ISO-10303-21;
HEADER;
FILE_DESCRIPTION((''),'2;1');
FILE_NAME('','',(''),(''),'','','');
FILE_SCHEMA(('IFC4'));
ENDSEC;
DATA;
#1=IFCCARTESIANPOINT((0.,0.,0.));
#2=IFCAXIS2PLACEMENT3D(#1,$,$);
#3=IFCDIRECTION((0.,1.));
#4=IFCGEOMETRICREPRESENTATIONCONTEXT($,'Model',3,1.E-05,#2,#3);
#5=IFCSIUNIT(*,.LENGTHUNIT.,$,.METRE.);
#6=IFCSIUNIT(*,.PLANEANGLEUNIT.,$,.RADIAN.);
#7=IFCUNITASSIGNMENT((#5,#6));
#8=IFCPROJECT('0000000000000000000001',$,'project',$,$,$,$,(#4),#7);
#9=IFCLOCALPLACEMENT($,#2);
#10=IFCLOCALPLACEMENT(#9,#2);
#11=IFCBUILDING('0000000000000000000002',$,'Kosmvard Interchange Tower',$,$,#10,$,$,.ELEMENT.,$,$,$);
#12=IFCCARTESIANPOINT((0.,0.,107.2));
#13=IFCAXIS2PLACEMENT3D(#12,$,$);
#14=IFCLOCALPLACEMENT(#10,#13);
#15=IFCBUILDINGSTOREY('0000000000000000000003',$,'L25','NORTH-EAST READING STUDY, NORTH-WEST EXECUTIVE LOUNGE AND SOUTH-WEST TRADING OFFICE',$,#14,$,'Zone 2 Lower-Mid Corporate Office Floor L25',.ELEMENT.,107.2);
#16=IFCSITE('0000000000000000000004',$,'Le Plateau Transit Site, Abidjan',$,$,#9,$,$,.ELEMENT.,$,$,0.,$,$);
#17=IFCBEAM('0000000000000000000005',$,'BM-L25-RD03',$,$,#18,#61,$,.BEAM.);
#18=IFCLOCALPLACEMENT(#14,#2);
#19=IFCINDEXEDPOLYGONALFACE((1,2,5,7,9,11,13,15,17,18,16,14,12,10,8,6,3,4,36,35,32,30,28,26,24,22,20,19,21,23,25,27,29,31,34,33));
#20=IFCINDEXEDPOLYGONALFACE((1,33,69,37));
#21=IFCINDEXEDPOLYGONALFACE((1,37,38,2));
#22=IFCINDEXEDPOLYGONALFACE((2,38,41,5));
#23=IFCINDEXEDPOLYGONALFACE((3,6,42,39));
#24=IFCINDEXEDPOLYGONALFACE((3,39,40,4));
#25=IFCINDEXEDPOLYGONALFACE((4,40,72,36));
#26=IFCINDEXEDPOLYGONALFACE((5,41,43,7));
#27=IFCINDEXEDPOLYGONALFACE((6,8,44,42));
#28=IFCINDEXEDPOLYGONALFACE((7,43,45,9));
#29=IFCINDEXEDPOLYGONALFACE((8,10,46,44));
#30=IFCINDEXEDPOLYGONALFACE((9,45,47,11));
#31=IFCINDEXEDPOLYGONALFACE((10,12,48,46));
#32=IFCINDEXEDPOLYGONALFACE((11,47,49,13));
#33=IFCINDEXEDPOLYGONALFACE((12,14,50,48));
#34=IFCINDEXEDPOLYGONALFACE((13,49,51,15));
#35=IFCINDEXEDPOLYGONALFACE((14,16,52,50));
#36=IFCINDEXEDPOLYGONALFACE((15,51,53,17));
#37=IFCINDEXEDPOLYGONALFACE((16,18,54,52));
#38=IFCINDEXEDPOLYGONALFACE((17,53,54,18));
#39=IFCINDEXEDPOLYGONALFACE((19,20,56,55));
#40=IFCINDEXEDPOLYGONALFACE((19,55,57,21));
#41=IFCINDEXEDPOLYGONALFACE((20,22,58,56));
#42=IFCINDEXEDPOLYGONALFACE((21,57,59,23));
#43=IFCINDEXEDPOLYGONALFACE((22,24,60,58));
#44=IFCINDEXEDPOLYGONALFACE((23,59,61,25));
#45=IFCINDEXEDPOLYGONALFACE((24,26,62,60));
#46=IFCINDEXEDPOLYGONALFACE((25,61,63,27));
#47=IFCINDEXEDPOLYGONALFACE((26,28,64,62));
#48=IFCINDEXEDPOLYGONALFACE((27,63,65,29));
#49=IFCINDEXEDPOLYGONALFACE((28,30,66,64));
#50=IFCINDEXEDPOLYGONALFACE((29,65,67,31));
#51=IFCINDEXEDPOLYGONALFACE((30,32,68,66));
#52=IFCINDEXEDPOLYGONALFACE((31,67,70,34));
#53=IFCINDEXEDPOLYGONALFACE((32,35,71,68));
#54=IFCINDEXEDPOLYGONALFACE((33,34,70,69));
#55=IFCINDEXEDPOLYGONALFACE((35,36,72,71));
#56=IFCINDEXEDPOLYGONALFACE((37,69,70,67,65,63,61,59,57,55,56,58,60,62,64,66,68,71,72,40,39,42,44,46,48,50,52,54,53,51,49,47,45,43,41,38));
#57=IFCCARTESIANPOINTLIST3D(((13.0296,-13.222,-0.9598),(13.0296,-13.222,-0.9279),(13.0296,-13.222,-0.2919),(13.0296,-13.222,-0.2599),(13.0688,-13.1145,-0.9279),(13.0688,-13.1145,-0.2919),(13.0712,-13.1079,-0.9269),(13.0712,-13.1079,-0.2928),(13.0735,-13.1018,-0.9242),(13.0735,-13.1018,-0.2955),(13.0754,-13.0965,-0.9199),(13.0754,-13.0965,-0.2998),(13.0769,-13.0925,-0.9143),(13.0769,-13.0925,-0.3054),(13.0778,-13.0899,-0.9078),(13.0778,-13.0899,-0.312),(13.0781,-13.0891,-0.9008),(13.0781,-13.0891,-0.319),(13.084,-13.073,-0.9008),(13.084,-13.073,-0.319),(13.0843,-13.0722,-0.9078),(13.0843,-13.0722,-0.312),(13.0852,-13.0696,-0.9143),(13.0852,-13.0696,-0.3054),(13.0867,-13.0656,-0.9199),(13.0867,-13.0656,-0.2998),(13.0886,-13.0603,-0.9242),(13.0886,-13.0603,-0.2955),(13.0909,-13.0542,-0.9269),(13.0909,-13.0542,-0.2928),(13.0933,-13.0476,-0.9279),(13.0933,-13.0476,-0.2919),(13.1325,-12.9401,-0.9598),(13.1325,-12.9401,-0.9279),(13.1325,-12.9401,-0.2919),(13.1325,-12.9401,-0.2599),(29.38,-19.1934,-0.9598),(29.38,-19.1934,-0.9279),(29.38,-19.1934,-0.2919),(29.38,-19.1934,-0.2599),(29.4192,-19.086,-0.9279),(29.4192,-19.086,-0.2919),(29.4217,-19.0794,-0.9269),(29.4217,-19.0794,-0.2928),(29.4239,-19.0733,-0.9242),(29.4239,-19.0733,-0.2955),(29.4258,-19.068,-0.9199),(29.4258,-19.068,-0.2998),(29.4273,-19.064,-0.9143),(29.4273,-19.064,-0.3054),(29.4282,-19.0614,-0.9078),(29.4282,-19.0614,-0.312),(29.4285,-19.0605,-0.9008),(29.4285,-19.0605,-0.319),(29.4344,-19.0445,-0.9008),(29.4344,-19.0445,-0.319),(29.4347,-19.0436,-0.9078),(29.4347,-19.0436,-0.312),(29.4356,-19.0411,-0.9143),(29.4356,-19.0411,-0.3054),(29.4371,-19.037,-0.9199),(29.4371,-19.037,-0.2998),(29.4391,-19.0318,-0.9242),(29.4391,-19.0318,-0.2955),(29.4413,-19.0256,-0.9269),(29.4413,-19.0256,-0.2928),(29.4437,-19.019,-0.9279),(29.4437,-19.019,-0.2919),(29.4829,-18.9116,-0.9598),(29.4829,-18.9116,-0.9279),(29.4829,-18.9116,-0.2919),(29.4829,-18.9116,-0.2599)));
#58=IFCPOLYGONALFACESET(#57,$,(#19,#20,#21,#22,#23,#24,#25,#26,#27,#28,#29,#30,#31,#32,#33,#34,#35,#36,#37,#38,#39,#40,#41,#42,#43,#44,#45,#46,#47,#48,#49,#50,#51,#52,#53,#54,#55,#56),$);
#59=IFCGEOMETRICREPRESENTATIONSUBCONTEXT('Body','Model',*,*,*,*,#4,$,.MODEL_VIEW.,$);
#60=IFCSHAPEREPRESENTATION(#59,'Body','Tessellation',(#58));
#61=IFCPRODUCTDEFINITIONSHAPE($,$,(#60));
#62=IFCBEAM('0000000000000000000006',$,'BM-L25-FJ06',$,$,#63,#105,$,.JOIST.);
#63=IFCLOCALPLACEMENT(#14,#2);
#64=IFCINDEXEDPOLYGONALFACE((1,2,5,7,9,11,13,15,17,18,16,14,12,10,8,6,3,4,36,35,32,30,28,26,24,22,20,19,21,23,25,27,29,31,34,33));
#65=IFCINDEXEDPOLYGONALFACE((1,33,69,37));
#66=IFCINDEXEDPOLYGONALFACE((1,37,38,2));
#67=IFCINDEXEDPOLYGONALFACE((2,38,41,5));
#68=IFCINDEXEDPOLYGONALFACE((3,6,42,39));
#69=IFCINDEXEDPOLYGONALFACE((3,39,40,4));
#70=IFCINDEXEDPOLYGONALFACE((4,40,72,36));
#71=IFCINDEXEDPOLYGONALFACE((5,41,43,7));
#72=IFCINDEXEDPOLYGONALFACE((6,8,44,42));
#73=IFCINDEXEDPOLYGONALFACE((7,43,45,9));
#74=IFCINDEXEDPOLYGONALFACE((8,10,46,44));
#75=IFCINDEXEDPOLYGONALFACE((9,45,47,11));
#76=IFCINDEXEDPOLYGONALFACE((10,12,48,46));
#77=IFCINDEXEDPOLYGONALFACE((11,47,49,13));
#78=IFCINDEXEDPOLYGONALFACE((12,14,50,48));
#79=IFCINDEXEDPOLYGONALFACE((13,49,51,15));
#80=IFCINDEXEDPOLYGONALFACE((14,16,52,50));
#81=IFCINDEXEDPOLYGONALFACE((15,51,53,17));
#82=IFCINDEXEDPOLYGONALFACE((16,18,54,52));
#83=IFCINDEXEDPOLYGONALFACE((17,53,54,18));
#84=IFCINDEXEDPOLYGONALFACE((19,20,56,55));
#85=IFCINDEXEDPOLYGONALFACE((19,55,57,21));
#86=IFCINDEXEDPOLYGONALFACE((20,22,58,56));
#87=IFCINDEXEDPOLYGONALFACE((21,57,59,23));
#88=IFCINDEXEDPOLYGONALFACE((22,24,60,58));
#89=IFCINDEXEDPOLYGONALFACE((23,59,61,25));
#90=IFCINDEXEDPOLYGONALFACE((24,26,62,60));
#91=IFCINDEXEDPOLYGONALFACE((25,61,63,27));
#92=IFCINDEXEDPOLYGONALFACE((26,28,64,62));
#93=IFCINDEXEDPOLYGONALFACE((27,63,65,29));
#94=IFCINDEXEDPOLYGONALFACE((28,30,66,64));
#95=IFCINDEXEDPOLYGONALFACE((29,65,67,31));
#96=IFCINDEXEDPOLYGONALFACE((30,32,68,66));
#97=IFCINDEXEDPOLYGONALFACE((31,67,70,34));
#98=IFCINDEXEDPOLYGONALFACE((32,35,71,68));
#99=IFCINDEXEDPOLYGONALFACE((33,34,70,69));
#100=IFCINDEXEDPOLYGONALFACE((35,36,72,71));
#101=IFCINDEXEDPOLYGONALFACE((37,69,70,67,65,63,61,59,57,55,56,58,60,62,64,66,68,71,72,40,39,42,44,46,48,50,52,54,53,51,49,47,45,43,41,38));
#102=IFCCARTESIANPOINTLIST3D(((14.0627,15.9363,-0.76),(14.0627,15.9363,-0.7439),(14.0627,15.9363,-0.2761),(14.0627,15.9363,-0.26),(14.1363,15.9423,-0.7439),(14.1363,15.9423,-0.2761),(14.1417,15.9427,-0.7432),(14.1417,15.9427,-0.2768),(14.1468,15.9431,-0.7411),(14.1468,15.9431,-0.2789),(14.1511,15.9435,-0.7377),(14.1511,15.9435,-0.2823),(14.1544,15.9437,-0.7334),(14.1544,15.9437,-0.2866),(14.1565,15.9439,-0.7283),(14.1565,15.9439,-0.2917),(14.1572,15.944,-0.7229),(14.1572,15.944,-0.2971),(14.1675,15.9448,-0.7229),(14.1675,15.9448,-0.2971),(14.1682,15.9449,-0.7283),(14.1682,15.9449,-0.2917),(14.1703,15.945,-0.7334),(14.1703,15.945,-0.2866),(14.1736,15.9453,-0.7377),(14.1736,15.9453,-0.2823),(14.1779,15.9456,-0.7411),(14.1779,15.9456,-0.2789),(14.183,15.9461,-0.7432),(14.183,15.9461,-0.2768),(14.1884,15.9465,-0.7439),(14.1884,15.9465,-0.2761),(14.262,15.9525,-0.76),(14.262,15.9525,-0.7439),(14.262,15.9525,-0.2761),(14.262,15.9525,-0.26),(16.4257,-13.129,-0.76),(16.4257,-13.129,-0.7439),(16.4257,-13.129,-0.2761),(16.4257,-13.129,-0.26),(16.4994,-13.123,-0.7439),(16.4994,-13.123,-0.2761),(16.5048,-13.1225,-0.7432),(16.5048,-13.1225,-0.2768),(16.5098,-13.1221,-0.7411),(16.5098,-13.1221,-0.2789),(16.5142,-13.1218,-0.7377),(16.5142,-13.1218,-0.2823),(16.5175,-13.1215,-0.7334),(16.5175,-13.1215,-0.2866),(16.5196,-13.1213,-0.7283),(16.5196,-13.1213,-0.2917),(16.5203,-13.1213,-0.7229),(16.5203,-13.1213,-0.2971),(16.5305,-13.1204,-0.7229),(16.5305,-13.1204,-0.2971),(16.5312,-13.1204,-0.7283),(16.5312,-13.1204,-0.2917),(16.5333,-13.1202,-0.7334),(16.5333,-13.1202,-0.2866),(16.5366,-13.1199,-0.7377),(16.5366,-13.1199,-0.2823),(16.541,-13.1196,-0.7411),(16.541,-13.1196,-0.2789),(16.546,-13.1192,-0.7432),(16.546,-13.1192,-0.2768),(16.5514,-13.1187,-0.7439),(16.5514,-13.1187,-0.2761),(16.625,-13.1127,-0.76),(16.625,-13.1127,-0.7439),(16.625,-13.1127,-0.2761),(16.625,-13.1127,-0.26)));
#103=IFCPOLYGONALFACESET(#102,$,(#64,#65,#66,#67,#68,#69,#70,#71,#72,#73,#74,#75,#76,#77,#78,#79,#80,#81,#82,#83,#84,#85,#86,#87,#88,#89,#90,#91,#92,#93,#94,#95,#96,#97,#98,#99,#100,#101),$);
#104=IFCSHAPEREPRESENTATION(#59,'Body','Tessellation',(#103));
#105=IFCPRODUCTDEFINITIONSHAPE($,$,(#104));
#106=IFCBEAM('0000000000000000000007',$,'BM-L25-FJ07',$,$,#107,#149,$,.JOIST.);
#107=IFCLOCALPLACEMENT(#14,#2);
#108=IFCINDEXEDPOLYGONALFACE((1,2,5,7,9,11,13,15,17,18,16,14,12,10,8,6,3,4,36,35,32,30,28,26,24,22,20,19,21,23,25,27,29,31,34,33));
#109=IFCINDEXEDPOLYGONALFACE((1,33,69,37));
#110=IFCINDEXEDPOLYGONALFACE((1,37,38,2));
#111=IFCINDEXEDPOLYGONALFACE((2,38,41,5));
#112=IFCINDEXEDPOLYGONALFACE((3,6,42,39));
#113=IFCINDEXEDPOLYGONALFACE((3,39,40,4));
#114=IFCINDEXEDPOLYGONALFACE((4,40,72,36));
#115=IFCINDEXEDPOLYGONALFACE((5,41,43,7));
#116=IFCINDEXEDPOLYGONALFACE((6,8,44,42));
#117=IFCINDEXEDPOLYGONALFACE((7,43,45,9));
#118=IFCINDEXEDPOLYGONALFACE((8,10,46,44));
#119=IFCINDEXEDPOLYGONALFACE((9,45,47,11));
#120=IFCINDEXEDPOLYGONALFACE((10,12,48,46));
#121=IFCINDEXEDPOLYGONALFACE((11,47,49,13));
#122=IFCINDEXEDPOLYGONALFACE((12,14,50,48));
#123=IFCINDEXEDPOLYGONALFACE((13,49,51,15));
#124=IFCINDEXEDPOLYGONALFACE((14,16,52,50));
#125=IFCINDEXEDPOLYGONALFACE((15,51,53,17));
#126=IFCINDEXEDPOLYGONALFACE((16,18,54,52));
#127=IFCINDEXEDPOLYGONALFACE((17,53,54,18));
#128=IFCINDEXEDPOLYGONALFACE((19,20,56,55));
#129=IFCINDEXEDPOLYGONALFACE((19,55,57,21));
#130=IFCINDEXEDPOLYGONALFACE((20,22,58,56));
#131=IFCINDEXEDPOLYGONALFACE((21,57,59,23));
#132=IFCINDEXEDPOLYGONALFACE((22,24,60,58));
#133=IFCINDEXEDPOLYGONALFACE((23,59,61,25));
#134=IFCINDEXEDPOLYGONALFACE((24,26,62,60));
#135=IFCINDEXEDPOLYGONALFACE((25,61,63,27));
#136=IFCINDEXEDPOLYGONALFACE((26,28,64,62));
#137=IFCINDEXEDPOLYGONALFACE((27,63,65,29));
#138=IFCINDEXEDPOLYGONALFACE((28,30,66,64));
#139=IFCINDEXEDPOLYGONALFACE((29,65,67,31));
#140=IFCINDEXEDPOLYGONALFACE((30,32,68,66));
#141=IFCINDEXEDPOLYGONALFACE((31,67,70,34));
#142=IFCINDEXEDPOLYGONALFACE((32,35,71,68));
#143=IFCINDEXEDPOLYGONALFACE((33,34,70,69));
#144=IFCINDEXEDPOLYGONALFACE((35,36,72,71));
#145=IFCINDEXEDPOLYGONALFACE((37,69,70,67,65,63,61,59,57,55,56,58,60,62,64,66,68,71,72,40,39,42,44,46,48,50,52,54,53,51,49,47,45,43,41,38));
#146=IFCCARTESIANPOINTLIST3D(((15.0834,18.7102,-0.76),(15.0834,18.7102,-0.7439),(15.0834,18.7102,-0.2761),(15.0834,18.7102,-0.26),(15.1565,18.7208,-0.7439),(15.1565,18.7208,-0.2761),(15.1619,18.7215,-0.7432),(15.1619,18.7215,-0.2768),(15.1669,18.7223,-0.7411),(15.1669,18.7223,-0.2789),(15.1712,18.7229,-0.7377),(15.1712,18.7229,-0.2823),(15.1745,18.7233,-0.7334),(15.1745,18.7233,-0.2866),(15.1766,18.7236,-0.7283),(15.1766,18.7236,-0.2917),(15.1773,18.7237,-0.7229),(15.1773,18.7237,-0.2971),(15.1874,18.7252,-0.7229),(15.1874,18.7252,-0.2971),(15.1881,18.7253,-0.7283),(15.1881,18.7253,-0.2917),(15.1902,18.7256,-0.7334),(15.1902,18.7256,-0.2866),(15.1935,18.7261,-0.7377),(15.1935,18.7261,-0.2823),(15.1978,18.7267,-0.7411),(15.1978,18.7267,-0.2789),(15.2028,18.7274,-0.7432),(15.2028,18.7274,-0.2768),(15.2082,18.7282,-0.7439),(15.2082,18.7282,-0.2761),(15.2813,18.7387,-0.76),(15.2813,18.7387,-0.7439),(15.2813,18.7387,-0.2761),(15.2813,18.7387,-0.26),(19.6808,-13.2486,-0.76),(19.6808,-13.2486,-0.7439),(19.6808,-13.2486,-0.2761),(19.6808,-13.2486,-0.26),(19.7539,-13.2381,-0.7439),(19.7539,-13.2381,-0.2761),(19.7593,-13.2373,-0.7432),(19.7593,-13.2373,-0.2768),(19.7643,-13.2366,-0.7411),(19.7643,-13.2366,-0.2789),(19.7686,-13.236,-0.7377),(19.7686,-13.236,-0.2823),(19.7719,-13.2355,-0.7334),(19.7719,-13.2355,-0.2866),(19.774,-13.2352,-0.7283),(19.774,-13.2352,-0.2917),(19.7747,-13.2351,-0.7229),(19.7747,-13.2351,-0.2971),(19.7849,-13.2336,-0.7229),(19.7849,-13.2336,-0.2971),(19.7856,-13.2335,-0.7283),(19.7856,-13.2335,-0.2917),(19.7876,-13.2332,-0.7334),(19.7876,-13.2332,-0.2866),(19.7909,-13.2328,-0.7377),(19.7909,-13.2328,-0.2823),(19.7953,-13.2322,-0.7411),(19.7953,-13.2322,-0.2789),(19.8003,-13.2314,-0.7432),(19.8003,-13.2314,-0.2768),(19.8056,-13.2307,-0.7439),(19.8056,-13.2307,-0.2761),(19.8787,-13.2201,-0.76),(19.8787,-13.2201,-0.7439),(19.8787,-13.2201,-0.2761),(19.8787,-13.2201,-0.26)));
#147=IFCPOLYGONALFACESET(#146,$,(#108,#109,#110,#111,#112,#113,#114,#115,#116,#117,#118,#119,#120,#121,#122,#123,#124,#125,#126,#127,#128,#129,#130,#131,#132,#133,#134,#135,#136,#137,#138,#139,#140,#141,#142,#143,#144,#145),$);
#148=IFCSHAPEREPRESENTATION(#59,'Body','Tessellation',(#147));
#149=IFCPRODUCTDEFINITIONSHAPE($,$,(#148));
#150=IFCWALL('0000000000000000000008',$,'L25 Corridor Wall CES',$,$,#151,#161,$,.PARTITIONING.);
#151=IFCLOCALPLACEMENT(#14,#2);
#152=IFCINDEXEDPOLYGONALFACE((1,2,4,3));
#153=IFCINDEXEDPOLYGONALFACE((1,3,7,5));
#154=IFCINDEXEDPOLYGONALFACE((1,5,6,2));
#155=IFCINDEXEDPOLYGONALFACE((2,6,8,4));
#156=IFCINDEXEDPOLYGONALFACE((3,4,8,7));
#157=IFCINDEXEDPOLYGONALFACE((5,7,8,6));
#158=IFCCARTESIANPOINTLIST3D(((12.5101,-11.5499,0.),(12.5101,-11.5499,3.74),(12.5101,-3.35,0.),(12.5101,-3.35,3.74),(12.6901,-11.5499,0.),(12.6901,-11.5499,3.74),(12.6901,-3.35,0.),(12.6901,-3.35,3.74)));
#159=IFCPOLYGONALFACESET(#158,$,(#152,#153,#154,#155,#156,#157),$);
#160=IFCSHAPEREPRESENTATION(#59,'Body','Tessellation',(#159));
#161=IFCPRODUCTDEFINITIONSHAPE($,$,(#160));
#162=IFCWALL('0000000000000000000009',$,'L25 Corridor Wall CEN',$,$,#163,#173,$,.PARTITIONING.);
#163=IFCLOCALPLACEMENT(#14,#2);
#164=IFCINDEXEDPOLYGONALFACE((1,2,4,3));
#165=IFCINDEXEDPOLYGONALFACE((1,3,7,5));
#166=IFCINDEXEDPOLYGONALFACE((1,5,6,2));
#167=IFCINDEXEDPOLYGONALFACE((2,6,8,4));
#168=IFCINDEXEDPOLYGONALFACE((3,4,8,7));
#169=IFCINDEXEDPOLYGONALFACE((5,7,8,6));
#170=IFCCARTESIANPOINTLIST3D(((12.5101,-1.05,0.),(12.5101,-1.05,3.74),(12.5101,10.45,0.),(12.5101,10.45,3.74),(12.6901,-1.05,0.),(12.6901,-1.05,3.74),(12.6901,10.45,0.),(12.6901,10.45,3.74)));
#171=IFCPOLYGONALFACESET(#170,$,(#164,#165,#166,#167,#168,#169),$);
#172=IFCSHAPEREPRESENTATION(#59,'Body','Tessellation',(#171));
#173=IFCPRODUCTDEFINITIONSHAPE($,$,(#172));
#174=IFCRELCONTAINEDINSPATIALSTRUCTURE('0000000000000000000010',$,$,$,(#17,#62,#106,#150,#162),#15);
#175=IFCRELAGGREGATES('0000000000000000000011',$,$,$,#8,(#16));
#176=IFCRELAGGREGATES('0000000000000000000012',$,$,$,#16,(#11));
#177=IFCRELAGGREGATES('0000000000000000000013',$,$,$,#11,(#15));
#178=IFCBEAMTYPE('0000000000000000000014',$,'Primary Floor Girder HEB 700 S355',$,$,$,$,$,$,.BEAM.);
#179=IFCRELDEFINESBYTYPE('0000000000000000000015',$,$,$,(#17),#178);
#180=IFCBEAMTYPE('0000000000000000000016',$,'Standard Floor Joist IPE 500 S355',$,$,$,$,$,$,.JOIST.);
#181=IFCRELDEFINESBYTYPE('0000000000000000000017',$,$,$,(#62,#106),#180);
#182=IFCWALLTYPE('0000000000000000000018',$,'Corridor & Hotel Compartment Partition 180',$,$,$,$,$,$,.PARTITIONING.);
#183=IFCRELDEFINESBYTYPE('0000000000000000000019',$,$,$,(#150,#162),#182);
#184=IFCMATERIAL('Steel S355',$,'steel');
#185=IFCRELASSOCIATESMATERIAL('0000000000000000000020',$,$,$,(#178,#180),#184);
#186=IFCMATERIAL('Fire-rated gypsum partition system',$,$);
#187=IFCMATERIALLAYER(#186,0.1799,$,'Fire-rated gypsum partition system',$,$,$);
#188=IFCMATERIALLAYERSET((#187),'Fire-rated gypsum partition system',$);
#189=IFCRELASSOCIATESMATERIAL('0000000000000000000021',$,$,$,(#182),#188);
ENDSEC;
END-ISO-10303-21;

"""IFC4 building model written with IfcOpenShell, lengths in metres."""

from ifc_helpers import new_model, si_unit, direction, frame, frame_2d, origin, origin_2d, place, context, subcontext, project, spatial, rectangle, i_section, extrude, source, transform, mapped, material, layer, layer_set, material_profile, profile_set, type_object, element, save


model = new_model("IFC4")

# Units and contexts
model_context = context("Model", 3, precision=1e-05, world=origin(), true_north=direction((0.0, 1.0)))
body_context = subcontext(model_context, "Body", "Model", "MODEL_VIEW")
ifc_project = project(units=[si_unit("LENGTHUNIT", "METRE"), si_unit("PLANEANGLEUNIT", "RADIAN")], contexts=[model_context])

# Site, building, storey
site_placement = place(None, origin())
site = spatial("IfcSite", under=ifc_project, at=site_placement, Name="Le Plateau Transit Site, Abidjan", CompositionType="ELEMENT", RefElevation=0.0)
building_placement = place(site_placement, origin())
building = spatial("IfcBuilding", under=site, at=building_placement, Name="Kosmvard Interchange Tower", CompositionType="ELEMENT")
storey_placement = place(building_placement, frame((0.0, 0.0, 107.2)))
storey = spatial("IfcBuildingStorey", under=building, at=storey_placement, Name="L25", Description="NORTH-EAST READING STUDY, NORTH-WEST EXECUTIVE LOUNGE AND SOUTH-WEST TRADING OFFICE", LongName="Zone 2 Lower-Mid Corporate Office Floor L25", CompositionType="ELEMENT", Elevation=107.2)

# Beams
ifc_material_1 = material(Name="Steel S355", Category="steel")
ifc_material_profile_1 = material_profile(ifc_material_1, i_section(OverallWidth=0.3, OverallDepth=0.7, WebThickness=0.0171, FlangeThickness=0.032, FilletRadius=0.0271, at=origin_2d()), Name="HEB 700")
ifc_profile_set_1 = profile_set([ifc_material_profile_1], Name="Steel S355")
beam_type_1 = type_object("IfcBeamType", Name="Primary Floor Girder HEB 700 S355", PredefinedType="BEAM", material=ifc_profile_set_1)
shared_shape_1 = source(origin(), body_context, "Body", "SweptSolid", [
    extrude(i_section(OverallWidth=0.3, OverallDepth=0.7, WebThickness=0.0171, FlangeThickness=0.032, FilletRadius=0.0271, at=origin_2d()), origin(), (0.0, 0.0, 1.0), 17.4067),
])
beam_1_placement = place(storey_placement, frame((13.0811, -13.0811, -0.6099), z_axis=(0.939315, -0.343055, 0.0), x_axis=(0.343055, 0.939315, 0.0)))
element("IfcBeam", 1, at=beam_1_placement, inside=storey, type_object=beam_type_1, Name="BM-L25-RD03", PredefinedType="BEAM", context=body_context, shape_type="MappedRepresentation", body=[
    mapped(shared_shape_1, transform((0.0, 0.0, 0.0), scale=1.0)),
])
ifc_material_profile_2 = material_profile(ifc_material_1, i_section(OverallWidth=0.2, OverallDepth=0.5, WebThickness=0.0103, FlangeThickness=0.0161, FilletRadius=0.021, at=origin_2d()), Name="IPE 500")
ifc_profile_set_2 = profile_set([ifc_material_profile_2], Name="Steel S355")
beam_type_2 = type_object("IfcBeamType", Name="Standard Floor Joist IPE 500 S355", PredefinedType="JOIST", material=ifc_profile_set_2)
shared_shape_2 = source(origin(), body_context, "Body", "SweptSolid", [
    extrude(i_section(OverallWidth=0.2, OverallDepth=0.5, WebThickness=0.0103, FlangeThickness=0.0161, FilletRadius=0.021, at=origin_2d()), origin(), (0.0, 0.0, 1.0), 29.1611),
])
beam_2_placement = place(storey_placement, frame((16.5254, -13.1208, -0.51), z_axis=(-0.081034, 0.996711, 0.0), x_axis=(-0.996711, -0.081034, 0.0)))
element("IfcBeam", 2, at=beam_2_placement, inside=storey, type_object=beam_type_2, Name="BM-L25-FJ06", PredefinedType="JOIST", context=body_context, shape_type="MappedRepresentation", body=[
    mapped(shared_shape_2, transform((0.0, 0.0, 0.0), scale=1.0)),
])
shared_shape_3 = source(origin(), body_context, "Body", "SweptSolid", [
    extrude(i_section(OverallWidth=0.2, OverallDepth=0.5, WebThickness=0.0103, FlangeThickness=0.0161, FilletRadius=0.021, at=origin_2d()), origin(), (0.0, 0.0, 1.0), 32.2878),
])
beam_3_placement = place(storey_placement, frame((19.7798, -13.2344, -0.51), z_axis=(-0.142389, 0.989811, 0.0), x_axis=(-0.989811, -0.142389, 0.0)))
element("IfcBeam", 3, at=beam_3_placement, inside=storey, type_object=beam_type_2, Name="BM-L25-FJ07", PredefinedType="JOIST", context=body_context, shape_type="MappedRepresentation", body=[
    mapped(shared_shape_3, transform((0.0, 0.0, 0.0), scale=1.0)),
])

# Walls
ifc_material_2 = material(Name="Fire-rated gypsum partition system")
ifc_layer_1 = layer(ifc_material_2, 0.1799, Name="Fire-rated gypsum partition system")
ifc_layer_set_1 = layer_set([ifc_layer_1], Name="Fire-rated gypsum partition system")
wall_type = type_object("IfcWallType", Name="Corridor & Hotel Compartment Partition 180", PredefinedType="PARTITIONING", material=ifc_layer_set_1)
wall_1_placement = place(storey_placement, frame((12.6001, -11.55, 0.0), z_axis=(0.0, 0.0, 1.0), x_axis=(0.0, 1.0, 0.0)))
element("IfcWall", 4, at=wall_1_placement, inside=storey, type_object=wall_type, Name="L25 Corridor Wall CES", PredefinedType="PARTITIONING", context=body_context, shape_type="SweptSolid", body=[
    extrude(rectangle(XDim=8.2, YDim=0.1799, at=frame_2d((4.1001, 0.0))), origin(), (0.0, 0.0, 1.0), 3.74),
])
wall_2_placement = place(storey_placement, frame((12.6001, -1.05, 0.0), z_axis=(0.0, 0.0, 1.0), x_axis=(0.0, 1.0, 0.0)))
element("IfcWall", 5, at=wall_2_placement, inside=storey, type_object=wall_type, Name="L25 Corridor Wall CEN", PredefinedType="PARTITIONING", context=body_context, shape_type="SweptSolid", body=[
    extrude(rectangle(XDim=11.5, YDim=0.1799, at=frame_2d((5.75, 0.0))), origin(), (0.0, 0.0, 1.0), 3.74),
])

save(model, "model.ifc")
